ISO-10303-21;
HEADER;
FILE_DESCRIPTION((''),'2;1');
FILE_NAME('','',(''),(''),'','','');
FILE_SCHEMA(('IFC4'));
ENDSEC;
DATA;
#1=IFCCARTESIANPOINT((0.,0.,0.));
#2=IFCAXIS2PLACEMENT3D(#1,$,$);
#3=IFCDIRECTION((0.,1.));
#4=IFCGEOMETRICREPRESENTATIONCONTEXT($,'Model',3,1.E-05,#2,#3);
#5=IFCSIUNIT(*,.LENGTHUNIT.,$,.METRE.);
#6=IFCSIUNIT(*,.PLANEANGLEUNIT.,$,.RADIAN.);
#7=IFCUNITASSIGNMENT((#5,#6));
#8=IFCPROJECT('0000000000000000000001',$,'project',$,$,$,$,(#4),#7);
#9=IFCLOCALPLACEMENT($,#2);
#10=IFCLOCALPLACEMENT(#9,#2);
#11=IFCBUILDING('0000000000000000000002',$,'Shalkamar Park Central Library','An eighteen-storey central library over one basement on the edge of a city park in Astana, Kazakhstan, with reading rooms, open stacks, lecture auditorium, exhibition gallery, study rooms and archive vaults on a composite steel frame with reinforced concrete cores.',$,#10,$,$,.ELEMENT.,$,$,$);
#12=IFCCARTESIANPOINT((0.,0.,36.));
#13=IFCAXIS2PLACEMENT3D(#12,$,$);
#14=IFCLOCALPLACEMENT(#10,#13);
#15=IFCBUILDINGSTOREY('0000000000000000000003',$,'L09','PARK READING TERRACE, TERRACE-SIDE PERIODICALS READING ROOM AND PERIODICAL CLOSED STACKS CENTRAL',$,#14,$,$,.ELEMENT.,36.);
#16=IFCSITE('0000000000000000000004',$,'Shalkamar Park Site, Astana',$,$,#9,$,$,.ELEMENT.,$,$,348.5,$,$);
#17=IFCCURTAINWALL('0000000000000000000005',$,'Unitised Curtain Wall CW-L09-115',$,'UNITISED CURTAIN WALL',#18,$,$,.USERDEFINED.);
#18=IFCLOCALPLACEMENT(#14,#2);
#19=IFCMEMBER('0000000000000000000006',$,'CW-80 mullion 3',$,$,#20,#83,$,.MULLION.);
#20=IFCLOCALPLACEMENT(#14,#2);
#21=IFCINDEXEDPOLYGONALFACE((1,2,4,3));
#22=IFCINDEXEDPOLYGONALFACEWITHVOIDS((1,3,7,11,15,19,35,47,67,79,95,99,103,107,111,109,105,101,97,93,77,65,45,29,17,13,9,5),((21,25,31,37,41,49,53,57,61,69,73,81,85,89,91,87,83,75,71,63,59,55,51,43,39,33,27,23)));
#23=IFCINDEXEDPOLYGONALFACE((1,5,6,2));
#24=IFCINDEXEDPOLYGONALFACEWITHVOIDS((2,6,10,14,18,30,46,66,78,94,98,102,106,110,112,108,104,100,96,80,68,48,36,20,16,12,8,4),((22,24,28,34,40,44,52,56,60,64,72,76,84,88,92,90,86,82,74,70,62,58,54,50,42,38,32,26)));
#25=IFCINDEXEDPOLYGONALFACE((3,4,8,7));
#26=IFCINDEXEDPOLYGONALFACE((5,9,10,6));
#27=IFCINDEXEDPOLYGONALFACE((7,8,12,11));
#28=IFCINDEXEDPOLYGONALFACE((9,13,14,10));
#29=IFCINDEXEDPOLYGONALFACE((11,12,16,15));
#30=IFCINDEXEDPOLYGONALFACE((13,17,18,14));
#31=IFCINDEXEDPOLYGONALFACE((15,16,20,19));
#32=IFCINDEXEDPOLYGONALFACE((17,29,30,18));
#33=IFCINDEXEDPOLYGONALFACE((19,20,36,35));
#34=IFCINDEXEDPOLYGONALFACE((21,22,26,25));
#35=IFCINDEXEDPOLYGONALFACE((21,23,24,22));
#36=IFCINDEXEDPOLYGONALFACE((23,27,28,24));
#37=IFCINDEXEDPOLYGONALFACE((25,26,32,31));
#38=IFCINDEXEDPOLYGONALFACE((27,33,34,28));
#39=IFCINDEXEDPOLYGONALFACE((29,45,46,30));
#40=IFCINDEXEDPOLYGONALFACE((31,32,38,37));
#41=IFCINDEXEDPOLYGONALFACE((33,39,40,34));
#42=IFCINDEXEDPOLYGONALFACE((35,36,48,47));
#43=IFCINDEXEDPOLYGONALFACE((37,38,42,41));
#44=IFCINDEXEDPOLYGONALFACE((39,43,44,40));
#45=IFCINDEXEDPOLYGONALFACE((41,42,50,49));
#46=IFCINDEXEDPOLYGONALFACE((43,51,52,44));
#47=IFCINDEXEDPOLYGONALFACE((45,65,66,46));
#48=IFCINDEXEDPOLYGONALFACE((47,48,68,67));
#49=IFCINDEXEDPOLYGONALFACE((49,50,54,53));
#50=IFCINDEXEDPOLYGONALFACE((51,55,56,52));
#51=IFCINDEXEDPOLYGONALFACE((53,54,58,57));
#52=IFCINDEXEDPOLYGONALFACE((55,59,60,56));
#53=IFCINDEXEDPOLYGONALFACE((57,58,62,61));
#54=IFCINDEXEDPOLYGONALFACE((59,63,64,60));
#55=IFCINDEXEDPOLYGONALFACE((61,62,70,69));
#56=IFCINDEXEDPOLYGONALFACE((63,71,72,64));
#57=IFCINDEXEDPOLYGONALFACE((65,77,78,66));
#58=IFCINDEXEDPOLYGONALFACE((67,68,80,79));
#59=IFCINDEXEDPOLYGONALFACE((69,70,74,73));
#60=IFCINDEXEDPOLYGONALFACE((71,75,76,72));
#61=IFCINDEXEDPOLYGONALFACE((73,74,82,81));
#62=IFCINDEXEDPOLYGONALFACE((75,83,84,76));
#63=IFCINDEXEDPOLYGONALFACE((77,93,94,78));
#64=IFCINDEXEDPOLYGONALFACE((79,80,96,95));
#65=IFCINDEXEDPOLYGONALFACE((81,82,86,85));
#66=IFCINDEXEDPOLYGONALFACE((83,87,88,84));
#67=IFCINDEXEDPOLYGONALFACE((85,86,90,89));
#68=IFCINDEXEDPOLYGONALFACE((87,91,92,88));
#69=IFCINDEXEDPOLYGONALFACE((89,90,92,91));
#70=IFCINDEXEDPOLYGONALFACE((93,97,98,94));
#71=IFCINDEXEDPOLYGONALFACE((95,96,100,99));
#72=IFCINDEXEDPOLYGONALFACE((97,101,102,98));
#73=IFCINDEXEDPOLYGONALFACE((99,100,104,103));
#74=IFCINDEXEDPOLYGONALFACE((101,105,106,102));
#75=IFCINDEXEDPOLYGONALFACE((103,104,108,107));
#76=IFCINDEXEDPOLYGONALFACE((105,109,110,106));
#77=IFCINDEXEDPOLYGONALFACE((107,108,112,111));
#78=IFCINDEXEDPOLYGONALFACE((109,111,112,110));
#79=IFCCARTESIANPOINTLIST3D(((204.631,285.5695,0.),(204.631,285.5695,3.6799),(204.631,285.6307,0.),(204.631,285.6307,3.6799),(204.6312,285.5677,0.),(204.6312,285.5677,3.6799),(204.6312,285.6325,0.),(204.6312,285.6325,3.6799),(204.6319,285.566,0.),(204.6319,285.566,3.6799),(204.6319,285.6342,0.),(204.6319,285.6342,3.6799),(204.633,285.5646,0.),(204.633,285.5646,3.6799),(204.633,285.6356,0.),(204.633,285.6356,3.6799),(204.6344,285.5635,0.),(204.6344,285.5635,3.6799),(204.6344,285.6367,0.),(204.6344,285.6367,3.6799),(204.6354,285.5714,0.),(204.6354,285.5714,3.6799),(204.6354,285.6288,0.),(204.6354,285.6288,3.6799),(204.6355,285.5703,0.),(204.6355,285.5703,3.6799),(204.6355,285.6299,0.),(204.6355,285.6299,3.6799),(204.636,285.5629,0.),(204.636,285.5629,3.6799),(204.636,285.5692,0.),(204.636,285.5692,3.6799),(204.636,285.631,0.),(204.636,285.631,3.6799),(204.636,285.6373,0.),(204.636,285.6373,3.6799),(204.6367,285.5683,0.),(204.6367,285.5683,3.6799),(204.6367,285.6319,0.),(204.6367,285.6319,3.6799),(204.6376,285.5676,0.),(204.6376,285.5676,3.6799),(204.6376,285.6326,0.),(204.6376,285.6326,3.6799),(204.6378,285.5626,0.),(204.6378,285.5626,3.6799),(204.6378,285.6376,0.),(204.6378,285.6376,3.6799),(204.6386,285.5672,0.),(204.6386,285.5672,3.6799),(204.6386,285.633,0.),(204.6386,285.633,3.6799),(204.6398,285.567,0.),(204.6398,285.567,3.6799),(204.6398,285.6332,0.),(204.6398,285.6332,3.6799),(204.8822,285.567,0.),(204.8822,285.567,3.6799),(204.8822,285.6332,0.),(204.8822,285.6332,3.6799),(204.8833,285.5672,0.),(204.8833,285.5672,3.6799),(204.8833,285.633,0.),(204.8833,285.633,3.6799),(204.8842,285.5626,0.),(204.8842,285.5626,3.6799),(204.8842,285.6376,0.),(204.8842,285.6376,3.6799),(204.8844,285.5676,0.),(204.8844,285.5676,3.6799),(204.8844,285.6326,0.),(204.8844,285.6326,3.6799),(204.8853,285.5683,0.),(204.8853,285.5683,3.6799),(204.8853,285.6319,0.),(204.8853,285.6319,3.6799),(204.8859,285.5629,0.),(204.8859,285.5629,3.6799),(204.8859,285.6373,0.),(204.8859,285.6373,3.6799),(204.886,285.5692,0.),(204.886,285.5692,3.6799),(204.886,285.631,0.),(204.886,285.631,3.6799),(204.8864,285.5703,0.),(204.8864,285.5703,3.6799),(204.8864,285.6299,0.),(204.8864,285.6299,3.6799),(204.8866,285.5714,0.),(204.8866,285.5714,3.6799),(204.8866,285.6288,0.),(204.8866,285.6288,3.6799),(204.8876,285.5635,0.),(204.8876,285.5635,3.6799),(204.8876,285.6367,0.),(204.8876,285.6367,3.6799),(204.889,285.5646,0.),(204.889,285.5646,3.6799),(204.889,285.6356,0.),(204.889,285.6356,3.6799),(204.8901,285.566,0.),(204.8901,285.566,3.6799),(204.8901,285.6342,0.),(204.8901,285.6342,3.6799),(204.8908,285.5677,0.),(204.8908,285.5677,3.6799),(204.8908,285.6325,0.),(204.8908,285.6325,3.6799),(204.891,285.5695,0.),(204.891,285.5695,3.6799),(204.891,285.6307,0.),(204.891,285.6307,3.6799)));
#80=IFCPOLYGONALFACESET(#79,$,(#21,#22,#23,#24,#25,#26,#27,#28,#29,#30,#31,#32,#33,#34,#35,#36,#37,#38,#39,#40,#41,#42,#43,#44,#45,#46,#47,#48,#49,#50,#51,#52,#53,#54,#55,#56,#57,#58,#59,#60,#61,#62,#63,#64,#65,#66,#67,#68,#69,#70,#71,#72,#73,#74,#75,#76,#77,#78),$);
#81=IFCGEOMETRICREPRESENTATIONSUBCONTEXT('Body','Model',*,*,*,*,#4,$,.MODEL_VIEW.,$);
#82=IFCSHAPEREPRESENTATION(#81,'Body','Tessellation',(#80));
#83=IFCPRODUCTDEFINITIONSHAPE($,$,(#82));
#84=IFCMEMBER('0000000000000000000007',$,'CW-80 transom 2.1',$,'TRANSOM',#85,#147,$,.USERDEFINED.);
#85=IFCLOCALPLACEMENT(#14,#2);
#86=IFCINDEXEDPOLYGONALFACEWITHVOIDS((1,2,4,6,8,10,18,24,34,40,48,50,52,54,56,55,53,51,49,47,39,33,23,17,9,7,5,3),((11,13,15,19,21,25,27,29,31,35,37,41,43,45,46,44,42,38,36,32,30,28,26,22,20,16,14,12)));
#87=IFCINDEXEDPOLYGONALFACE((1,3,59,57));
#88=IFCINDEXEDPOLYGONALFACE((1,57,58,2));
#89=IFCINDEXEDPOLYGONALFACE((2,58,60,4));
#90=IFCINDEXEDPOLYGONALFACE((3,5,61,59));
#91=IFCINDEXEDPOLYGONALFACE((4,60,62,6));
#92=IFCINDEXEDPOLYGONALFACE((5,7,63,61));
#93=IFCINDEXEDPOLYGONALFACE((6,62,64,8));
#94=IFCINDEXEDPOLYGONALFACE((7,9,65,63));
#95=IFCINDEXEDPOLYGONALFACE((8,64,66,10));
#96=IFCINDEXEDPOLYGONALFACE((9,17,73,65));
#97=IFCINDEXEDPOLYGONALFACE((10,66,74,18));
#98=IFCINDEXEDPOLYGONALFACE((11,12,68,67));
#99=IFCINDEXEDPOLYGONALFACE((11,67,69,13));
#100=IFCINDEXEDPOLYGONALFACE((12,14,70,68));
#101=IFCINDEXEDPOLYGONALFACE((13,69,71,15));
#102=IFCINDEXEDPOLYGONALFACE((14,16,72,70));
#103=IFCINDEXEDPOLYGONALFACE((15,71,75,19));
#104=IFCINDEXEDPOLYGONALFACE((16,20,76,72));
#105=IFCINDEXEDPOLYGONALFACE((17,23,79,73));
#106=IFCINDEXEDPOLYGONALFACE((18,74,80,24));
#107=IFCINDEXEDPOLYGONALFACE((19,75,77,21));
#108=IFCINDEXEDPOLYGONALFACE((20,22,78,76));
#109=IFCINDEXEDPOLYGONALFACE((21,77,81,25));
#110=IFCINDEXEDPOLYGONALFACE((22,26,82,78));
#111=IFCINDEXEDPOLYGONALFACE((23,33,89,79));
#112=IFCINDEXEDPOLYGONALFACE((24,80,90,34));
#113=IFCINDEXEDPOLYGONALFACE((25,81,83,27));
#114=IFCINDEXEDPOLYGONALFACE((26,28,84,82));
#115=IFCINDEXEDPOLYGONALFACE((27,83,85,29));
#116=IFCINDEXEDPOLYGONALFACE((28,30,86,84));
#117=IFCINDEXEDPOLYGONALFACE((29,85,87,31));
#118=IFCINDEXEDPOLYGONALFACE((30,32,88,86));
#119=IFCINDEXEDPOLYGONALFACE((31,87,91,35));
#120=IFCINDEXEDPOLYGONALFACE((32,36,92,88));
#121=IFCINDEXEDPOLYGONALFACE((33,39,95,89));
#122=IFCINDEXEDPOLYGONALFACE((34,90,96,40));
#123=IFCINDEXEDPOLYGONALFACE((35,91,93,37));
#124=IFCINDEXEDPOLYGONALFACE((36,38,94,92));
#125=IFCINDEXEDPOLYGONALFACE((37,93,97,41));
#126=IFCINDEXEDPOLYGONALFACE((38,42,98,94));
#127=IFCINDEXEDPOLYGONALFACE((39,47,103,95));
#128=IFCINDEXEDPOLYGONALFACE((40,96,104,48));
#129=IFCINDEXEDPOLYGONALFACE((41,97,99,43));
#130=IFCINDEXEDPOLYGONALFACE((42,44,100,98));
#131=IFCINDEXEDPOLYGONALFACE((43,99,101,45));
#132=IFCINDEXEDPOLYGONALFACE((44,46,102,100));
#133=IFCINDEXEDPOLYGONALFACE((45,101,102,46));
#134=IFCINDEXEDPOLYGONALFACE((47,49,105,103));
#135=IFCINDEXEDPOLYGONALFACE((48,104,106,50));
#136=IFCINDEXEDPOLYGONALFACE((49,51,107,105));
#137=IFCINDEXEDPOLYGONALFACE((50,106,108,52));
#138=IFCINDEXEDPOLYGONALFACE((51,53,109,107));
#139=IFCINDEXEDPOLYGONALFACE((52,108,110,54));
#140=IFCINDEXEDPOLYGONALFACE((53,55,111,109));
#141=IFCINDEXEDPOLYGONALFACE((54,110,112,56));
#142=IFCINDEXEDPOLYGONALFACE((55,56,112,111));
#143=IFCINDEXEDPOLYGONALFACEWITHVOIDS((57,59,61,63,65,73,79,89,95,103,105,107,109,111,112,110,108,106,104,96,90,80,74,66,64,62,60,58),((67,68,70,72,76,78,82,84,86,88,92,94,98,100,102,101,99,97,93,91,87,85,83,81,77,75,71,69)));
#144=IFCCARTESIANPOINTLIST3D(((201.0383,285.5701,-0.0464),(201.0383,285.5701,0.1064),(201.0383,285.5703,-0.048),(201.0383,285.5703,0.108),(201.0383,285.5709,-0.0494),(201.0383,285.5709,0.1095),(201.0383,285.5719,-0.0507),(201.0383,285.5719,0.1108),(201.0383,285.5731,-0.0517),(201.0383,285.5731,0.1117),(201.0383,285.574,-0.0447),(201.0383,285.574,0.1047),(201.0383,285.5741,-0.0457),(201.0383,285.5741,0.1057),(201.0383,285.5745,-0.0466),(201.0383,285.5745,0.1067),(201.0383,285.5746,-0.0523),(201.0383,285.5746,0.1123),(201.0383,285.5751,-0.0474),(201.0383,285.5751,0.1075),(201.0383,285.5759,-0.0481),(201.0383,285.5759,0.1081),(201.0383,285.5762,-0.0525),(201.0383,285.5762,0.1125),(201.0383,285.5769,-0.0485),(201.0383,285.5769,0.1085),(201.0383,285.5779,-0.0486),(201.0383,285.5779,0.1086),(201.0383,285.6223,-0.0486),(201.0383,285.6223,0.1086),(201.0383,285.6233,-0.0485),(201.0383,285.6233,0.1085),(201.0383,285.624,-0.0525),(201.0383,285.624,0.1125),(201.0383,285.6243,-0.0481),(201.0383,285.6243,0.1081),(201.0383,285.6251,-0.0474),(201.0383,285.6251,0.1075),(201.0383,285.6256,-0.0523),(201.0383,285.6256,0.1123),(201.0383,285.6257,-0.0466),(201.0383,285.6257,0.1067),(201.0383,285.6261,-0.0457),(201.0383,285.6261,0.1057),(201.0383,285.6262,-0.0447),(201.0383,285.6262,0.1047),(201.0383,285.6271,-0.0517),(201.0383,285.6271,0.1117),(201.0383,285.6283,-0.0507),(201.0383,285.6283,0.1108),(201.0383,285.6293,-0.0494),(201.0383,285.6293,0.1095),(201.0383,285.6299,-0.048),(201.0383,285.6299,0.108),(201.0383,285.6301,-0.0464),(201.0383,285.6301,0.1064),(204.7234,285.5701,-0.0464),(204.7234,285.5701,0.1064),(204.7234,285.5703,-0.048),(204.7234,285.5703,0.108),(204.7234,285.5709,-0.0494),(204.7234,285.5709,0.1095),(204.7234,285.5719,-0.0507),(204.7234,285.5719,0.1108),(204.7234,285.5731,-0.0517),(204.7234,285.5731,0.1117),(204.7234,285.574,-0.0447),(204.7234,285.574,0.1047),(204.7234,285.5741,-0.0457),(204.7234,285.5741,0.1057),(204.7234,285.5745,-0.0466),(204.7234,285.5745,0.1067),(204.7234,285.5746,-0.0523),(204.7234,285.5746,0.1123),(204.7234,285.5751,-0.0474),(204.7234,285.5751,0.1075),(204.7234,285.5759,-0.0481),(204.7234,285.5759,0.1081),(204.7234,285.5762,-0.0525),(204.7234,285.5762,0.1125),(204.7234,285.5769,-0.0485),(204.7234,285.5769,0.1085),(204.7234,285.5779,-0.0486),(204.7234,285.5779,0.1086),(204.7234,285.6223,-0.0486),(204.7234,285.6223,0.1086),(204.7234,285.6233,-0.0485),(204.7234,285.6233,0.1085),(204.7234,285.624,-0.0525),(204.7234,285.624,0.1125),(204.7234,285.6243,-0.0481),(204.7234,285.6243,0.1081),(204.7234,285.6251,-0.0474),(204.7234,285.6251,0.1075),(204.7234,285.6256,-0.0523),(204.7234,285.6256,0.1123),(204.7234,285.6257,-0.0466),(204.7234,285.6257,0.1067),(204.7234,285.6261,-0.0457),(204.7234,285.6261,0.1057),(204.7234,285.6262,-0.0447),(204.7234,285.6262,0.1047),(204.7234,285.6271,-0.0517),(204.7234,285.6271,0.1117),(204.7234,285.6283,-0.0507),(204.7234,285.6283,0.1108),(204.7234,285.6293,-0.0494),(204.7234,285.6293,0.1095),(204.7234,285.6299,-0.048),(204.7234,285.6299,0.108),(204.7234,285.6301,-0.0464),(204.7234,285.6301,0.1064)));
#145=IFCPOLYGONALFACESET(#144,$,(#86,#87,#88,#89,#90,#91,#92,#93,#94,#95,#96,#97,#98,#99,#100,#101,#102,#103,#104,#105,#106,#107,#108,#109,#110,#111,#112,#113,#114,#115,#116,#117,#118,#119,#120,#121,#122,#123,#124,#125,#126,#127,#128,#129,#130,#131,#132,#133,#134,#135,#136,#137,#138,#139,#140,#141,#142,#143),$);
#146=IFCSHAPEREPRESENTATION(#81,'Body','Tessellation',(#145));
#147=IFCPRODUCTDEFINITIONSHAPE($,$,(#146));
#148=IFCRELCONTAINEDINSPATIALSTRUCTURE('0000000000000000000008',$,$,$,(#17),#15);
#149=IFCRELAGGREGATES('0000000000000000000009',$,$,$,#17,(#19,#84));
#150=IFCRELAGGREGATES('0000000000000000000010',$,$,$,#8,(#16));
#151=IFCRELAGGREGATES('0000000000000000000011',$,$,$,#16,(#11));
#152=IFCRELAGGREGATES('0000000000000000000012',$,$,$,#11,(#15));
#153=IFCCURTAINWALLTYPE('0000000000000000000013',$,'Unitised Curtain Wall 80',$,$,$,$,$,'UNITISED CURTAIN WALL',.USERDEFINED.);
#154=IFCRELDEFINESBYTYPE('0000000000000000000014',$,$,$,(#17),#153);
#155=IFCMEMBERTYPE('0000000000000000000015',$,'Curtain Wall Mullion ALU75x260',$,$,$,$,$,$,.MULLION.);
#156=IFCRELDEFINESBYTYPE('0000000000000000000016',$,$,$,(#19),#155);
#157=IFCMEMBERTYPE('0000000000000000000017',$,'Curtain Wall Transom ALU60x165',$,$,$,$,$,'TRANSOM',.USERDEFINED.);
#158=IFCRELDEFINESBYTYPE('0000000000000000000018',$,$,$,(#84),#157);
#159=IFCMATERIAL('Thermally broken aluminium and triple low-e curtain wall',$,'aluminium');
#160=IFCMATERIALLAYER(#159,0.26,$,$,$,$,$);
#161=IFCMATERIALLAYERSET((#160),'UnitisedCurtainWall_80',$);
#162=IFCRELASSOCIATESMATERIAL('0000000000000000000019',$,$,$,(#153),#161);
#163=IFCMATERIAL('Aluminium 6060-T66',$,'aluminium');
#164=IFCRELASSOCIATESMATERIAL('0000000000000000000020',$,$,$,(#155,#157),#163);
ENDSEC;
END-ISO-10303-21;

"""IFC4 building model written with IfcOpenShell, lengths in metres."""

from ifc_helpers import new_model, si_unit, direction, frame, origin, origin_2d, place, context, subcontext, project, spatial, hollow_rectangle, extrude, material, layer, layer_set, material_profile, profile_set, type_object, element, aggregate, save


model = new_model("IFC4")

# Units and contexts
model_context = context("Model", 3, precision=1e-05, world=origin(), true_north=direction((0.0, 1.0)))
body_context = subcontext(model_context, "Body", "Model", "MODEL_VIEW")
ifc_project = project(units=[si_unit("LENGTHUNIT", "METRE"), si_unit("PLANEANGLEUNIT", "RADIAN")], contexts=[model_context])

# Site, building, storey
site_placement = place(None, origin())
site = spatial("IfcSite", under=ifc_project, at=site_placement, Name="Shalkamar Park Site, Astana", CompositionType="ELEMENT", RefElevation=348.5)
building_placement = place(site_placement, origin())
building = spatial("IfcBuilding", under=site, at=building_placement, Name="Shalkamar Park Central Library", Description="An eighteen-storey central library over one basement on the edge of a city park in Astana, Kazakhstan, with reading rooms, open stacks, lecture auditorium, exhibition gallery, study rooms and archive vaults on a composite steel frame with reinforced concrete cores.", CompositionType="ELEMENT")
storey_placement = place(building_placement, frame((0.0, 0.0, 36.0)))
storey = spatial("IfcBuildingStorey", under=building, at=storey_placement, Name="L09", Description="PARK READING TERRACE, TERRACE-SIDE PERIODICALS READING ROOM AND PERIODICAL CLOSED STACKS CENTRAL", CompositionType="ELEMENT", Elevation=36.0)

# Curtain wall, members
ifc_material_1 = material(Name="Thermally broken aluminium and triple low-e curtain wall", Category="aluminium")
ifc_layer_1 = layer(ifc_material_1, 0.26)
ifc_layer_set_1 = layer_set([ifc_layer_1], Name="UnitisedCurtainWall_80")
curtain_wall_type = type_object("IfcCurtainWallType", Name="Unitised Curtain Wall 80", ElementType="UNITISED CURTAIN WALL", PredefinedType="USERDEFINED", material=ifc_layer_set_1)
curtain_wall_placement = place(storey_placement, origin())
curtain_wall = element("IfcCurtainWall", 1, at=curtain_wall_placement, inside=storey, type_object=curtain_wall_type, Name="Unitised Curtain Wall CW-L09-115", ObjectType="UNITISED CURTAIN WALL", PredefinedType="USERDEFINED")
ifc_material_2 = material(Name="Aluminium 6060-T66", Category="aluminium")
ifc_material_profile_1 = material_profile(ifc_material_2, hollow_rectangle(XDim=0.075, YDim=0.26, WallThickness=0.0044, InnerFilletRadius=0.0044, OuterFilletRadius=0.0068, at=origin_2d()), Name="ALU 75x260x4.5")
ifc_profile_set_1 = profile_set([ifc_material_profile_1], Name="Aluminium 6060-T66")
member_type_1 = type_object("IfcMemberType", Name="Curtain Wall Mullion ALU75x260", PredefinedType="MULLION", material=ifc_profile_set_1)
member_1_placement = place(storey_placement, frame((204.761, 285.6001, 0.0), z_axis=(0.0, 0.0, 1.0), x_axis=(0.0, 1.0, 0.0)))
member_1 = element("IfcMember", 2, at=member_1_placement, type_object=member_type_1, Name="CW-80 mullion 3", PredefinedType="MULLION", context=body_context, shape_type="SweptSolid", body=[
    extrude(hollow_rectangle(XDim=0.075, YDim=0.26, WallThickness=0.0044, InnerFilletRadius=0.0044, OuterFilletRadius=0.0068, at=origin_2d()), origin(), (0.0, 0.0, 1.0), 3.6799),
])
ifc_material_profile_2 = material_profile(ifc_material_2, hollow_rectangle(XDim=0.0601, YDim=0.165, WallThickness=0.0039, InnerFilletRadius=0.0039, OuterFilletRadius=0.0061, at=origin_2d()), Name="ALU 60x165x4")
ifc_profile_set_2 = profile_set([ifc_material_profile_2], Name="Aluminium 6060-T66")
member_type_2 = type_object("IfcMemberType", Name="Curtain Wall Transom ALU60x165", ElementType="TRANSOM", PredefinedType="USERDEFINED", material=ifc_profile_set_2)
member_2_placement = place(storey_placement, frame((201.0383, 285.6001, 0.03), z_axis=(1.0, 0.0, 0.0), x_axis=(0.0, 1.0, 0.0)))
member_2 = element("IfcMember", 3, at=member_2_placement, type_object=member_type_2, Name="CW-80 transom 2.1", ObjectType="TRANSOM", PredefinedType="USERDEFINED", context=body_context, shape_type="SweptSolid", body=[
    extrude(hollow_rectangle(XDim=0.0601, YDim=0.165, WallThickness=0.0039, InnerFilletRadius=0.0039, OuterFilletRadius=0.0061, at=origin_2d()), origin(), (0.0, 0.0, 1.0), 3.6851),
])

aggregate(curtain_wall, [member_1, member_2])

save(model, "model.ifc")
